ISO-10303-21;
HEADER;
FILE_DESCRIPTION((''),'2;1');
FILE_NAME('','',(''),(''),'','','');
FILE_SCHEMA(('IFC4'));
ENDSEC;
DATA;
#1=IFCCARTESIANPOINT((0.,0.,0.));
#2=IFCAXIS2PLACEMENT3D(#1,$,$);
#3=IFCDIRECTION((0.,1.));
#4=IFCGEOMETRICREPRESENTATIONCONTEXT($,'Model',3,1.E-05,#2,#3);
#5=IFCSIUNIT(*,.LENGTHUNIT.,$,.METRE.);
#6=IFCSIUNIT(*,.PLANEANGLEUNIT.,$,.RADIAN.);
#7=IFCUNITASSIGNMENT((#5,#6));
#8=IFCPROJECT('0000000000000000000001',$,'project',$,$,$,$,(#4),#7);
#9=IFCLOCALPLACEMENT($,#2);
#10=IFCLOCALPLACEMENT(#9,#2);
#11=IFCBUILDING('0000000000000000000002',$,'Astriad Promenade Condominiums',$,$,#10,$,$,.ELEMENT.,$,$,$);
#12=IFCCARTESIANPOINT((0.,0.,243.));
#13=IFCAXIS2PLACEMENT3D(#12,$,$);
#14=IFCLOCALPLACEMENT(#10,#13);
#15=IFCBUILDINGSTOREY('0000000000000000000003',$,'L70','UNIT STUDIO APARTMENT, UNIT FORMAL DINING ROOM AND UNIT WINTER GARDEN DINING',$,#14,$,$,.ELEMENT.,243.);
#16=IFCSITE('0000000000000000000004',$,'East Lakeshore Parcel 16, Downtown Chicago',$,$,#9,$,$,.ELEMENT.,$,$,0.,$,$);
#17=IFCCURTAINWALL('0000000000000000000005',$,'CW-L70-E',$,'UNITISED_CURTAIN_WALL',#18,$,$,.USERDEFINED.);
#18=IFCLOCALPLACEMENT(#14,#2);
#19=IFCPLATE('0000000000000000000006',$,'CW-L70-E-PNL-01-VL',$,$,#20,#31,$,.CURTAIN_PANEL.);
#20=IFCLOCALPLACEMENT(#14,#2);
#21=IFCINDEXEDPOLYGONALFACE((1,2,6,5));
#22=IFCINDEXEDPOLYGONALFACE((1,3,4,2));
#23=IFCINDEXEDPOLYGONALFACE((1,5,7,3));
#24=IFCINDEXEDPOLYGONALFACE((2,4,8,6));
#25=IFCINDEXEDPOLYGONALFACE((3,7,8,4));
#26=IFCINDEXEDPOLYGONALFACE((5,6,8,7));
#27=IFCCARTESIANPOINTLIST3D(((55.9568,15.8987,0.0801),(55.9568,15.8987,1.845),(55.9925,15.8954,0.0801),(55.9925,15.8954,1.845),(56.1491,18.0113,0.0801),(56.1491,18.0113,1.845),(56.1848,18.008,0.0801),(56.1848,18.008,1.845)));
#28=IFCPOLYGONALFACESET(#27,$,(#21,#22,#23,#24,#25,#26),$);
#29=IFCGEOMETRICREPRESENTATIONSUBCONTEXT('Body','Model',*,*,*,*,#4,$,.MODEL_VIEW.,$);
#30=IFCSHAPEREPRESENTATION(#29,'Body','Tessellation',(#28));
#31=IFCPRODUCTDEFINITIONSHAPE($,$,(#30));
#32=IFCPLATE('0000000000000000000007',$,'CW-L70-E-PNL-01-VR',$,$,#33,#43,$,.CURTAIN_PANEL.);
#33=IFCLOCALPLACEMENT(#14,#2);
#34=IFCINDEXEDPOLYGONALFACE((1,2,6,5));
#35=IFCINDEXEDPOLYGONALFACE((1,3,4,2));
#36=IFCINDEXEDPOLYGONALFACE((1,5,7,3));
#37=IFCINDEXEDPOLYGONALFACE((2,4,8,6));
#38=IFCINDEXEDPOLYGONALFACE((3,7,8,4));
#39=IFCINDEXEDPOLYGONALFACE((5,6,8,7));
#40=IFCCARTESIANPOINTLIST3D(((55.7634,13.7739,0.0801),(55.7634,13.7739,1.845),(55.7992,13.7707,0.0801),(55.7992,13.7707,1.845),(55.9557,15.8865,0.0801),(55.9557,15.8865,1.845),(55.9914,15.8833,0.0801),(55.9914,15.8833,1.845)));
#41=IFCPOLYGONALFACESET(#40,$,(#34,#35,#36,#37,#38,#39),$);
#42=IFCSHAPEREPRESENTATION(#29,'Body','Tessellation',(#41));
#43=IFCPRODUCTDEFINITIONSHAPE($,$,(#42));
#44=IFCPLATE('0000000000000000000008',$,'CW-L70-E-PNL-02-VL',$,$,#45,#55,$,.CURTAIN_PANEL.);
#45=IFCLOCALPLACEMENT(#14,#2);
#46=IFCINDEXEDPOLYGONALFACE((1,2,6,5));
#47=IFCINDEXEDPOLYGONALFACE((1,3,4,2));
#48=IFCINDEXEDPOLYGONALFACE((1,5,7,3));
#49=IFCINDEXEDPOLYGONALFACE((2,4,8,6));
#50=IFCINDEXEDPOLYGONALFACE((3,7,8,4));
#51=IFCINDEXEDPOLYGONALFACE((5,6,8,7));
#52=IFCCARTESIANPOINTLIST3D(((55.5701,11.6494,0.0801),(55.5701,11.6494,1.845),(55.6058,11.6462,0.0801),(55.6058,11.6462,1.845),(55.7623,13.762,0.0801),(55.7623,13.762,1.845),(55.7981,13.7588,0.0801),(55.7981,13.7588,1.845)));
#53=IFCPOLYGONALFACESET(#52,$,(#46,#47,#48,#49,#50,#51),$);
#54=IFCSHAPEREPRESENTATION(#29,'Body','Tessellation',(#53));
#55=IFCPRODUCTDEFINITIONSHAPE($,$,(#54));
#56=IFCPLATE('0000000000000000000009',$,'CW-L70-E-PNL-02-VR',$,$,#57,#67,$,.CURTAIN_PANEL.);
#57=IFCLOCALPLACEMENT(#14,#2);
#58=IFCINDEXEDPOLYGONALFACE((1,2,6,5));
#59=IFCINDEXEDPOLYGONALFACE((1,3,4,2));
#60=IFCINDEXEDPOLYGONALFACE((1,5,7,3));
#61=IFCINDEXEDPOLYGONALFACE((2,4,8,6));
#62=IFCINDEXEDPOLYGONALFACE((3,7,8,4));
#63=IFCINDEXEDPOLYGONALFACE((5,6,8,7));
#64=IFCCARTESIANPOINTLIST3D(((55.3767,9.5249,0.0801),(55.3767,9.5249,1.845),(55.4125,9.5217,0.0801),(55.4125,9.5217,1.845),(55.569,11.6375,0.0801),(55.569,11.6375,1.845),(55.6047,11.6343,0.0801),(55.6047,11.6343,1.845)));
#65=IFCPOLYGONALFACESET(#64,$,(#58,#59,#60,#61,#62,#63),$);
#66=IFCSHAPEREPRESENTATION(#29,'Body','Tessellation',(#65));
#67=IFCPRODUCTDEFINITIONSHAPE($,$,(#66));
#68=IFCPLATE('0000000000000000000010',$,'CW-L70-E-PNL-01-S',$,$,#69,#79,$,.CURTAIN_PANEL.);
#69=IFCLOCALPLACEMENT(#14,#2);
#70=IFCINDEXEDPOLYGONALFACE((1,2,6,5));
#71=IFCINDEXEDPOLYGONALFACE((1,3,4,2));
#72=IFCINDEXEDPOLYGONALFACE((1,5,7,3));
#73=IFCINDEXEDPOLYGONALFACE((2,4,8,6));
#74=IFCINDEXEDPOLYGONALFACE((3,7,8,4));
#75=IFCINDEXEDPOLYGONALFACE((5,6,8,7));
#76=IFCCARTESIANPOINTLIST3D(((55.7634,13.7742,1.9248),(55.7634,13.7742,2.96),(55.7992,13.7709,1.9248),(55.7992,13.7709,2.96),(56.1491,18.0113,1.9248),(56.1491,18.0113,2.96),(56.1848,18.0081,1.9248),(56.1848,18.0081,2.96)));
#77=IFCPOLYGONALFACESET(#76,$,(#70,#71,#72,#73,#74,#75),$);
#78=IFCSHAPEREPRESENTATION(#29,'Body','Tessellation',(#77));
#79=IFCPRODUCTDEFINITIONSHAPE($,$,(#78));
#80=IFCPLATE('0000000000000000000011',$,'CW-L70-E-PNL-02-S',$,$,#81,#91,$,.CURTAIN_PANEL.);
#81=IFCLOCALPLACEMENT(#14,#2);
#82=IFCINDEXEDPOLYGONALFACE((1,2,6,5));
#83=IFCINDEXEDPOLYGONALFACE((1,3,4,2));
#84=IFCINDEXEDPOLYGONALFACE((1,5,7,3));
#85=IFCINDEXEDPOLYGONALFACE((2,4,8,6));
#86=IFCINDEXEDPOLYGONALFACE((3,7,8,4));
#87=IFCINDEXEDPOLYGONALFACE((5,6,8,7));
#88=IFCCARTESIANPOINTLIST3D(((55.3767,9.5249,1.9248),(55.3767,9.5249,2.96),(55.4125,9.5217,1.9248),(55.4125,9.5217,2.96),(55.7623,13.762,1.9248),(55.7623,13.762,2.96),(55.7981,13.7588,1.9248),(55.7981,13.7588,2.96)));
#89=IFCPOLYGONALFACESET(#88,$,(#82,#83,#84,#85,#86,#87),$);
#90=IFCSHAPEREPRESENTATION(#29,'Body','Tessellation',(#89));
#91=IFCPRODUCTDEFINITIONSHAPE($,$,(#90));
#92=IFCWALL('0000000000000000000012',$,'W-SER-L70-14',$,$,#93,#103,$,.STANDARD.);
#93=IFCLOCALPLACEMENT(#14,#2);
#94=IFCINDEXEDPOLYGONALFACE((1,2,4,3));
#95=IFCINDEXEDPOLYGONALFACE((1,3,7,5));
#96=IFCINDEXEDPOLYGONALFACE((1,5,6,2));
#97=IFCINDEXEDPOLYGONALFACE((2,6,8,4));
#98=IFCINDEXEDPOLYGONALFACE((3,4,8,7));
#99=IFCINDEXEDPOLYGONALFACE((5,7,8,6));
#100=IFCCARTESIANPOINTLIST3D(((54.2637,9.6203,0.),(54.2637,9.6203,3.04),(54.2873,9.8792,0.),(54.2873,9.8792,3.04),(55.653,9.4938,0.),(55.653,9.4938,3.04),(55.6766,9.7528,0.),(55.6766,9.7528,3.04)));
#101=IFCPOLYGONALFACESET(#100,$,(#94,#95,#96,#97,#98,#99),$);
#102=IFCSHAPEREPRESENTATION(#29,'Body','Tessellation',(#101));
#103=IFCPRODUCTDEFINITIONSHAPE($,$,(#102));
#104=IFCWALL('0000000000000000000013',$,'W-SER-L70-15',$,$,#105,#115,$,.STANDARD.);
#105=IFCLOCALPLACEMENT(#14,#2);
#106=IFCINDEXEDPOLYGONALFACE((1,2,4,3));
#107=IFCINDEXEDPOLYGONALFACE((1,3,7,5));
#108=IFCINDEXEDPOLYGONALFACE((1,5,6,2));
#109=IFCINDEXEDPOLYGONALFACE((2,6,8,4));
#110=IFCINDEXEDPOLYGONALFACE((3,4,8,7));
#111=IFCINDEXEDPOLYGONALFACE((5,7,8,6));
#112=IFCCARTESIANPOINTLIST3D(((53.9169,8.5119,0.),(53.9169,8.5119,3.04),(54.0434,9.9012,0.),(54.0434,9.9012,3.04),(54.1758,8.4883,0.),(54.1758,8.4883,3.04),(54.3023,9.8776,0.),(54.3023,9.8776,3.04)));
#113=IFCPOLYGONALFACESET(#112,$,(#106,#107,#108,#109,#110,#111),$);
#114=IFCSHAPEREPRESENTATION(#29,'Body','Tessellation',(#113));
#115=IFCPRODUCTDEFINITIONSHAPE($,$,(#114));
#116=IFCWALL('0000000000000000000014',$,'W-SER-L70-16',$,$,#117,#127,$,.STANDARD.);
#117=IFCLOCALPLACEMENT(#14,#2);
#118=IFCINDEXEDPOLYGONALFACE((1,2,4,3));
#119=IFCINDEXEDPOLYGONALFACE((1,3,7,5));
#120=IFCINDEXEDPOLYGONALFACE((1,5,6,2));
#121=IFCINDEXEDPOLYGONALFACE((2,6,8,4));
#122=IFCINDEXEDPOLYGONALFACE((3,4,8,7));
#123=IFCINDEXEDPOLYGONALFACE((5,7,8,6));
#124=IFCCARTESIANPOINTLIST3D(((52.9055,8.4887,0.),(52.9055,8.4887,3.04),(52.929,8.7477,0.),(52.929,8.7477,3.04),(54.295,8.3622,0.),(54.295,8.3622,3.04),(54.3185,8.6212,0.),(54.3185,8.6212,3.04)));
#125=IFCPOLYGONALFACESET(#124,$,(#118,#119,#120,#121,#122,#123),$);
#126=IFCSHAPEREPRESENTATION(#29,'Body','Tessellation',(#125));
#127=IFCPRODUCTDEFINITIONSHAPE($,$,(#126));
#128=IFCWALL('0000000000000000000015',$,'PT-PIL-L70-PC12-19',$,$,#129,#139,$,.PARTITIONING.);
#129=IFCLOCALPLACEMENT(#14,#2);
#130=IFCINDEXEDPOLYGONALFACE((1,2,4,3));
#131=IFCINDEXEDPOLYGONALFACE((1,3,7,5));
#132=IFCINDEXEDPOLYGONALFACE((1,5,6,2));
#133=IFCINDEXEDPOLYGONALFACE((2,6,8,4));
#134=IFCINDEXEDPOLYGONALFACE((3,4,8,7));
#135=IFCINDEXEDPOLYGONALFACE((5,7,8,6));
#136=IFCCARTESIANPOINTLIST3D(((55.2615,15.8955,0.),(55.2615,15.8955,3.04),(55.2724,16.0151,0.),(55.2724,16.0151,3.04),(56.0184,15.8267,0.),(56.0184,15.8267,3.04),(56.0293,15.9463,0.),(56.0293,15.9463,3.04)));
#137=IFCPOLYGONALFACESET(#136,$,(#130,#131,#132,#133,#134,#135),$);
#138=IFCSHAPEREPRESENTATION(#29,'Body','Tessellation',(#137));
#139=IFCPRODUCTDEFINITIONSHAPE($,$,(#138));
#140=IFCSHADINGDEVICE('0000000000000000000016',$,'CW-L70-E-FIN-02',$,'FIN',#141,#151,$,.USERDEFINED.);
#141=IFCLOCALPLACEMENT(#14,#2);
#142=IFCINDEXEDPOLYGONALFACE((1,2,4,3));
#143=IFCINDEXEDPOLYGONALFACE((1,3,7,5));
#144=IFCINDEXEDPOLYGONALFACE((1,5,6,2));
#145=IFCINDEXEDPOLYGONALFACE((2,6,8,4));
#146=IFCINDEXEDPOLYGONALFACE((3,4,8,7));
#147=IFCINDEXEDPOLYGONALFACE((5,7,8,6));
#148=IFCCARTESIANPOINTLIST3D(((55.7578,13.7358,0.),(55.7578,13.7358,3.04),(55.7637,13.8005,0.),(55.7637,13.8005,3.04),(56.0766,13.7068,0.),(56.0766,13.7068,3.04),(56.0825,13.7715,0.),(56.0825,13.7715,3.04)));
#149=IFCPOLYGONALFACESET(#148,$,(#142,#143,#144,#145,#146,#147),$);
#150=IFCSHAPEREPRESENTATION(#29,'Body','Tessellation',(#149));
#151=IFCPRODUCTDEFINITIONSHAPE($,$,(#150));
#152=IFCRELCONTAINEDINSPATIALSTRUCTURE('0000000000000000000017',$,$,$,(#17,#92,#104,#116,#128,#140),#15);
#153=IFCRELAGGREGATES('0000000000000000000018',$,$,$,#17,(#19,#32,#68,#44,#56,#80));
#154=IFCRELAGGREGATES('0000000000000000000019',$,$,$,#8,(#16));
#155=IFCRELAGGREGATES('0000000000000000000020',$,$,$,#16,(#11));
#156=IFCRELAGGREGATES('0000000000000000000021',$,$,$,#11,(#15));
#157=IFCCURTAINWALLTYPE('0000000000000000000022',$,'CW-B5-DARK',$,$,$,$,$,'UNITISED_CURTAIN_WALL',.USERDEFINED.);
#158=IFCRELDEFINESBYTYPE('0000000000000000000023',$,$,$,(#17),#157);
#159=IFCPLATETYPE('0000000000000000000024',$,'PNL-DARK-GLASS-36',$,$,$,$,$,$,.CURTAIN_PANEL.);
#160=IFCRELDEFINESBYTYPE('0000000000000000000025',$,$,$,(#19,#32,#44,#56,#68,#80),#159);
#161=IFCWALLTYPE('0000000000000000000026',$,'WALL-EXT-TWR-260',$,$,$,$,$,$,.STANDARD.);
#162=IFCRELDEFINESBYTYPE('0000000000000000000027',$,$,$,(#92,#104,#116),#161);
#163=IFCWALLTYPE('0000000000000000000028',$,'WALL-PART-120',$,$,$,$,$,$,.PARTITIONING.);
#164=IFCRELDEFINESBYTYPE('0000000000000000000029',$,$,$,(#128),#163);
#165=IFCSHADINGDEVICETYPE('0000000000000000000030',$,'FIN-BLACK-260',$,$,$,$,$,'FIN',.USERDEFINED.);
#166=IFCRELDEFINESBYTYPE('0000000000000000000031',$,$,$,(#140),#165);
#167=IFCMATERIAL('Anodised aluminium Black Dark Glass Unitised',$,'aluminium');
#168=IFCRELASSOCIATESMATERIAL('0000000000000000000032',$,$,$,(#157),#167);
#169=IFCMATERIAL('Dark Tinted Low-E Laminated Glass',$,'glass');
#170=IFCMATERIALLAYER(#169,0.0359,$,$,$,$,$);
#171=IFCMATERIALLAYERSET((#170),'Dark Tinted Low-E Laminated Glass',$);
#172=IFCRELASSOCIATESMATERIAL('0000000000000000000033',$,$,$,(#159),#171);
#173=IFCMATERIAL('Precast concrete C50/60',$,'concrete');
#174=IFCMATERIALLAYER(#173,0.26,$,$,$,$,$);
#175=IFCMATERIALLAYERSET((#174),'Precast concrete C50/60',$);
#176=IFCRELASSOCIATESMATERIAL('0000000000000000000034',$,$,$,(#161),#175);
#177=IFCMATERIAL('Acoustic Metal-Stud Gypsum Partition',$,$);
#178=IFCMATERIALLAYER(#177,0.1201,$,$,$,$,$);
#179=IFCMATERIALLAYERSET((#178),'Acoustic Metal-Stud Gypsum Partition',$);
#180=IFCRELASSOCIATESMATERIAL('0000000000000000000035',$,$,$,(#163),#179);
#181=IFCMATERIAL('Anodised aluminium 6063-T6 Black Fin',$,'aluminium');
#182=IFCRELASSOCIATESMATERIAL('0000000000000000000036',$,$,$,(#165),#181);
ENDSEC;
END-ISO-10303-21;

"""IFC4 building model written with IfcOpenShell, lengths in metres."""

from ifc_helpers import new_model, si_unit, direction, frame, frame_2d, origin, origin_2d, place, context, subcontext, project, spatial, rectangle, extrude, source, transform, mapped, material, layer, layer_set, type_object, type_shapes, element, aggregate, save


model = new_model("IFC4")

# Units and contexts
model_context = context("Model", 3, precision=1e-05, world=origin(), true_north=direction((0.0, 1.0)))
body_context = subcontext(model_context, "Body", "Model", "MODEL_VIEW")
ifc_project = project(units=[si_unit("LENGTHUNIT", "METRE"), si_unit("PLANEANGLEUNIT", "RADIAN")], contexts=[model_context])

# Site, building, storey
site_placement = place(None, origin())
site = spatial("IfcSite", under=ifc_project, at=site_placement, Name="East Lakeshore Parcel 16, Downtown Chicago", CompositionType="ELEMENT", RefElevation=0.0)
building_placement = place(site_placement, origin())
building = spatial("IfcBuilding", under=site, at=building_placement, Name="Astriad Promenade Condominiums", CompositionType="ELEMENT")
storey_placement = place(building_placement, frame((0.0, 0.0, 243.0)))
storey = spatial("IfcBuildingStorey", under=building, at=storey_placement, Name="L70", Description="UNIT STUDIO APARTMENT, UNIT FORMAL DINING ROOM AND UNIT WINTER GARDEN DINING", CompositionType="ELEMENT", Elevation=243.0)

# Curtain wall, plates
ifc_material_1 = material(Name="Anodised aluminium Black Dark Glass Unitised", Category="aluminium")
curtain_wall_type = type_object("IfcCurtainWallType", Name="CW-B5-DARK", ElementType="UNITISED_CURTAIN_WALL", PredefinedType="USERDEFINED", material=ifc_material_1)
curtain_wall_placement = place(storey_placement, origin())
curtain_wall = element("IfcCurtainWall", 1, at=curtain_wall_placement, inside=storey, type_object=curtain_wall_type, Name="CW-L70-E", ObjectType="UNITISED_CURTAIN_WALL", PredefinedType="USERDEFINED")
ifc_material_2 = material(Name="Dark Tinted Low-E Laminated Glass", Category="glass")
ifc_layer_1 = layer(ifc_material_2, 0.0359)
ifc_layer_set_1 = layer_set([ifc_layer_1], Name="Dark Tinted Low-E Laminated Glass")
plate_type = type_object("IfcPlateType", Name="PNL-DARK-GLASS-36", PredefinedType="CURTAIN_PANEL", material=ifc_layer_set_1)
shared_shape_1 = source(origin(), body_context, "Body", "SweptSolid", [
    extrude(rectangle(XDim=2.1213, YDim=0.0359, at=origin_2d()), origin(), (0.0, 0.0, 1.0), 1.7649),
])
plate_1_placement = place(storey_placement, frame((56.0708, 16.9534, 0.0801), z_axis=(0.0, 0.0, 1.0), x_axis=(-0.090633, -0.995884, 0.0)))
plate_1 = element("IfcPlate", 2, at=plate_1_placement, type_object=plate_type, Name="CW-L70-E-PNL-01-VL", PredefinedType="CURTAIN_PANEL", context=body_context, shape_type="MappedRepresentation", body=[
    mapped(shared_shape_1, transform((0.0, 0.0, 0.0), scale=1.0)),
])
plate_2_placement = place(storey_placement, frame((55.8774, 14.8286, 0.0801), z_axis=(0.0, 0.0, 1.0), x_axis=(-0.090633, -0.995884, 0.0)))
plate_2 = element("IfcPlate", 3, at=plate_2_placement, type_object=plate_type, Name="CW-L70-E-PNL-01-VR", PredefinedType="CURTAIN_PANEL", context=body_context, shape_type="MappedRepresentation", body=[
    mapped(shared_shape_1, transform((0.0, 0.0, 0.0), scale=1.0)),
])
plate_3_placement = place(storey_placement, frame((55.6841, 12.7041, 0.0801), z_axis=(0.0, 0.0, 1.0), x_axis=(-0.090633, -0.995884, 0.0)))
plate_3 = element("IfcPlate", 4, at=plate_3_placement, type_object=plate_type, Name="CW-L70-E-PNL-02-VL", PredefinedType="CURTAIN_PANEL", context=body_context, shape_type="MappedRepresentation", body=[
    mapped(shared_shape_1, transform((0.0, 0.0, 0.0), scale=1.0)),
])
plate_4_placement = place(storey_placement, frame((55.4907, 10.5796, 0.0801), z_axis=(0.0, 0.0, 1.0), x_axis=(-0.090633, -0.995884, 0.0)))
plate_4 = element("IfcPlate", 5, at=plate_4_placement, type_object=plate_type, Name="CW-L70-E-PNL-02-VR", PredefinedType="CURTAIN_PANEL", context=body_context, shape_type="MappedRepresentation", body=[
    mapped(shared_shape_1, transform((0.0, 0.0, 0.0), scale=1.0)),
])
shared_shape_2 = source(origin(), body_context, "Body", "SweptSolid", [
    extrude(rectangle(XDim=4.2546, YDim=0.0359, at=origin_2d()), origin(), (0.0, 0.0, 1.0), 1.0352),
])
type_shapes(plate_type, [shared_shape_1, shared_shape_2])
plate_5_placement = place(storey_placement, frame((55.9741, 15.8911, 1.9248), z_axis=(0.0, 0.0, 1.0), x_axis=(-0.090633, -0.995884, 0.0)))
plate_5 = element("IfcPlate", 6, at=plate_5_placement, type_object=plate_type, Name="CW-L70-E-PNL-01-S", PredefinedType="CURTAIN_PANEL", context=body_context, shape_type="MappedRepresentation", body=[
    mapped(shared_shape_2, transform((0.0, 0.0, 0.0), scale=1.0)),
])
plate_6_placement = place(storey_placement, frame((55.5874, 11.6418, 1.9248), z_axis=(0.0, 0.0, 1.0), x_axis=(-0.090633, -0.995884, 0.0)))
plate_6 = element("IfcPlate", 7, at=plate_6_placement, type_object=plate_type, Name="CW-L70-E-PNL-02-S", PredefinedType="CURTAIN_PANEL", context=body_context, shape_type="MappedRepresentation", body=[
    mapped(shared_shape_2, transform((0.0, 0.0, 0.0), scale=1.0)),
])
aggregate(curtain_wall, [plate_1, plate_2, plate_5, plate_3, plate_4, plate_6])

# Walls
ifc_material_3 = material(Name="Precast concrete C50/60", Category="concrete")
ifc_layer_2 = layer(ifc_material_3, 0.26)
ifc_layer_set_2 = layer_set([ifc_layer_2], Name="Precast concrete C50/60")
wall_type_1 = type_object("IfcWallType", Name="WALL-EXT-TWR-260", PredefinedType="STANDARD", material=ifc_layer_set_2)
for number, where, z_axis, x_axis, name in (
    (8, (55.6648, 9.6233, 0.0), (0.0, 0.0, 1.0), (-0.995882, 0.090662, 0.0), "W-SER-L70-14"),
    (9, (54.1729, 9.8894, 0.0), (0.0, 0.0, 1.0), (-0.090662, -0.995882, 0.0), "W-SER-L70-15"),
):
    element("IfcWall", number, at=place(storey_placement, frame(where, z_axis=z_axis, x_axis=x_axis)), inside=storey, type_object=wall_type_1, Name=name, PredefinedType="STANDARD", context=body_context, shape_type="SweptSolid", body=[
        extrude(rectangle(XDim=1.395, YDim=0.26, at=frame_2d((0.6975, 0.0))), origin(), (0.0, 0.0, 1.0), 3.04),
    ])
wall_1_placement = place(storey_placement, frame((54.3069, 8.4917, 0.0), z_axis=(0.0, 0.0, 1.0), x_axis=(-0.995883, 0.090646, 0.0)))
element("IfcWall", 10, at=wall_1_placement, inside=storey, type_object=wall_type_1, Name="W-SER-L70-16", PredefinedType="STANDARD", context=body_context, shape_type="SweptSolid", body=[
    extrude(rectangle(XDim=1.3953, YDim=0.26, at=frame_2d((0.6978, 0.0))), origin(), (0.0, 0.0, 1.0), 3.04),
])
ifc_material_4 = material(Name="Acoustic Metal-Stud Gypsum Partition")
ifc_layer_3 = layer(ifc_material_4, 0.1201)
ifc_layer_set_3 = layer_set([ifc_layer_3], Name="Acoustic Metal-Stud Gypsum Partition")
wall_type_2 = type_object("IfcWallType", Name="WALL-PART-120", PredefinedType="PARTITIONING", material=ifc_layer_set_3)
wall_2_placement = place(storey_placement, frame((55.2671, 15.9553, 0.0), z_axis=(0.0, 0.0, 1.0), x_axis=(0.995888, -0.090594, 0.0)))
element("IfcWall", 11, at=wall_2_placement, inside=storey, type_object=wall_type_2, Name="PT-PIL-L70-PC12-19", PredefinedType="PARTITIONING", context=body_context, shape_type="SweptSolid", body=[
    extrude(rectangle(XDim=0.76, YDim=0.1201, at=frame_2d((0.3799, 0.0))), origin(), (0.0, 0.0, 1.0), 3.04),
])

# Shading device
ifc_material_5 = material(Name="Anodised aluminium 6063-T6 Black Fin", Category="aluminium")
shading_device_type = type_object("IfcShadingDeviceType", Name="FIN-BLACK-260", ElementType="FIN", PredefinedType="USERDEFINED", material=ifc_material_5)
shared_shape_3 = source(origin(), body_context, "Body", "SweptSolid", [
    extrude(rectangle(XDim=0.0649, YDim=0.3201, at=origin_2d()), origin(), (0.0, 0.0, 1.0), 3.04),
])
type_shapes(shading_device_type, [shared_shape_3])
shading_device_placement = place(storey_placement, frame((55.9202, 13.7537, 0.0), z_axis=(0.0, 0.0, 1.0), x_axis=(-0.090633, -0.995884, 0.0)))
element("IfcShadingDevice", 12, at=shading_device_placement, inside=storey, type_object=shading_device_type, Name="CW-L70-E-FIN-02", ObjectType="FIN", PredefinedType="USERDEFINED", context=body_context, shape_type="MappedRepresentation", body=[
    mapped(shared_shape_3, transform((0.0, 0.0, 0.0), scale=1.0)),
])

save(model, "model.ifc")
